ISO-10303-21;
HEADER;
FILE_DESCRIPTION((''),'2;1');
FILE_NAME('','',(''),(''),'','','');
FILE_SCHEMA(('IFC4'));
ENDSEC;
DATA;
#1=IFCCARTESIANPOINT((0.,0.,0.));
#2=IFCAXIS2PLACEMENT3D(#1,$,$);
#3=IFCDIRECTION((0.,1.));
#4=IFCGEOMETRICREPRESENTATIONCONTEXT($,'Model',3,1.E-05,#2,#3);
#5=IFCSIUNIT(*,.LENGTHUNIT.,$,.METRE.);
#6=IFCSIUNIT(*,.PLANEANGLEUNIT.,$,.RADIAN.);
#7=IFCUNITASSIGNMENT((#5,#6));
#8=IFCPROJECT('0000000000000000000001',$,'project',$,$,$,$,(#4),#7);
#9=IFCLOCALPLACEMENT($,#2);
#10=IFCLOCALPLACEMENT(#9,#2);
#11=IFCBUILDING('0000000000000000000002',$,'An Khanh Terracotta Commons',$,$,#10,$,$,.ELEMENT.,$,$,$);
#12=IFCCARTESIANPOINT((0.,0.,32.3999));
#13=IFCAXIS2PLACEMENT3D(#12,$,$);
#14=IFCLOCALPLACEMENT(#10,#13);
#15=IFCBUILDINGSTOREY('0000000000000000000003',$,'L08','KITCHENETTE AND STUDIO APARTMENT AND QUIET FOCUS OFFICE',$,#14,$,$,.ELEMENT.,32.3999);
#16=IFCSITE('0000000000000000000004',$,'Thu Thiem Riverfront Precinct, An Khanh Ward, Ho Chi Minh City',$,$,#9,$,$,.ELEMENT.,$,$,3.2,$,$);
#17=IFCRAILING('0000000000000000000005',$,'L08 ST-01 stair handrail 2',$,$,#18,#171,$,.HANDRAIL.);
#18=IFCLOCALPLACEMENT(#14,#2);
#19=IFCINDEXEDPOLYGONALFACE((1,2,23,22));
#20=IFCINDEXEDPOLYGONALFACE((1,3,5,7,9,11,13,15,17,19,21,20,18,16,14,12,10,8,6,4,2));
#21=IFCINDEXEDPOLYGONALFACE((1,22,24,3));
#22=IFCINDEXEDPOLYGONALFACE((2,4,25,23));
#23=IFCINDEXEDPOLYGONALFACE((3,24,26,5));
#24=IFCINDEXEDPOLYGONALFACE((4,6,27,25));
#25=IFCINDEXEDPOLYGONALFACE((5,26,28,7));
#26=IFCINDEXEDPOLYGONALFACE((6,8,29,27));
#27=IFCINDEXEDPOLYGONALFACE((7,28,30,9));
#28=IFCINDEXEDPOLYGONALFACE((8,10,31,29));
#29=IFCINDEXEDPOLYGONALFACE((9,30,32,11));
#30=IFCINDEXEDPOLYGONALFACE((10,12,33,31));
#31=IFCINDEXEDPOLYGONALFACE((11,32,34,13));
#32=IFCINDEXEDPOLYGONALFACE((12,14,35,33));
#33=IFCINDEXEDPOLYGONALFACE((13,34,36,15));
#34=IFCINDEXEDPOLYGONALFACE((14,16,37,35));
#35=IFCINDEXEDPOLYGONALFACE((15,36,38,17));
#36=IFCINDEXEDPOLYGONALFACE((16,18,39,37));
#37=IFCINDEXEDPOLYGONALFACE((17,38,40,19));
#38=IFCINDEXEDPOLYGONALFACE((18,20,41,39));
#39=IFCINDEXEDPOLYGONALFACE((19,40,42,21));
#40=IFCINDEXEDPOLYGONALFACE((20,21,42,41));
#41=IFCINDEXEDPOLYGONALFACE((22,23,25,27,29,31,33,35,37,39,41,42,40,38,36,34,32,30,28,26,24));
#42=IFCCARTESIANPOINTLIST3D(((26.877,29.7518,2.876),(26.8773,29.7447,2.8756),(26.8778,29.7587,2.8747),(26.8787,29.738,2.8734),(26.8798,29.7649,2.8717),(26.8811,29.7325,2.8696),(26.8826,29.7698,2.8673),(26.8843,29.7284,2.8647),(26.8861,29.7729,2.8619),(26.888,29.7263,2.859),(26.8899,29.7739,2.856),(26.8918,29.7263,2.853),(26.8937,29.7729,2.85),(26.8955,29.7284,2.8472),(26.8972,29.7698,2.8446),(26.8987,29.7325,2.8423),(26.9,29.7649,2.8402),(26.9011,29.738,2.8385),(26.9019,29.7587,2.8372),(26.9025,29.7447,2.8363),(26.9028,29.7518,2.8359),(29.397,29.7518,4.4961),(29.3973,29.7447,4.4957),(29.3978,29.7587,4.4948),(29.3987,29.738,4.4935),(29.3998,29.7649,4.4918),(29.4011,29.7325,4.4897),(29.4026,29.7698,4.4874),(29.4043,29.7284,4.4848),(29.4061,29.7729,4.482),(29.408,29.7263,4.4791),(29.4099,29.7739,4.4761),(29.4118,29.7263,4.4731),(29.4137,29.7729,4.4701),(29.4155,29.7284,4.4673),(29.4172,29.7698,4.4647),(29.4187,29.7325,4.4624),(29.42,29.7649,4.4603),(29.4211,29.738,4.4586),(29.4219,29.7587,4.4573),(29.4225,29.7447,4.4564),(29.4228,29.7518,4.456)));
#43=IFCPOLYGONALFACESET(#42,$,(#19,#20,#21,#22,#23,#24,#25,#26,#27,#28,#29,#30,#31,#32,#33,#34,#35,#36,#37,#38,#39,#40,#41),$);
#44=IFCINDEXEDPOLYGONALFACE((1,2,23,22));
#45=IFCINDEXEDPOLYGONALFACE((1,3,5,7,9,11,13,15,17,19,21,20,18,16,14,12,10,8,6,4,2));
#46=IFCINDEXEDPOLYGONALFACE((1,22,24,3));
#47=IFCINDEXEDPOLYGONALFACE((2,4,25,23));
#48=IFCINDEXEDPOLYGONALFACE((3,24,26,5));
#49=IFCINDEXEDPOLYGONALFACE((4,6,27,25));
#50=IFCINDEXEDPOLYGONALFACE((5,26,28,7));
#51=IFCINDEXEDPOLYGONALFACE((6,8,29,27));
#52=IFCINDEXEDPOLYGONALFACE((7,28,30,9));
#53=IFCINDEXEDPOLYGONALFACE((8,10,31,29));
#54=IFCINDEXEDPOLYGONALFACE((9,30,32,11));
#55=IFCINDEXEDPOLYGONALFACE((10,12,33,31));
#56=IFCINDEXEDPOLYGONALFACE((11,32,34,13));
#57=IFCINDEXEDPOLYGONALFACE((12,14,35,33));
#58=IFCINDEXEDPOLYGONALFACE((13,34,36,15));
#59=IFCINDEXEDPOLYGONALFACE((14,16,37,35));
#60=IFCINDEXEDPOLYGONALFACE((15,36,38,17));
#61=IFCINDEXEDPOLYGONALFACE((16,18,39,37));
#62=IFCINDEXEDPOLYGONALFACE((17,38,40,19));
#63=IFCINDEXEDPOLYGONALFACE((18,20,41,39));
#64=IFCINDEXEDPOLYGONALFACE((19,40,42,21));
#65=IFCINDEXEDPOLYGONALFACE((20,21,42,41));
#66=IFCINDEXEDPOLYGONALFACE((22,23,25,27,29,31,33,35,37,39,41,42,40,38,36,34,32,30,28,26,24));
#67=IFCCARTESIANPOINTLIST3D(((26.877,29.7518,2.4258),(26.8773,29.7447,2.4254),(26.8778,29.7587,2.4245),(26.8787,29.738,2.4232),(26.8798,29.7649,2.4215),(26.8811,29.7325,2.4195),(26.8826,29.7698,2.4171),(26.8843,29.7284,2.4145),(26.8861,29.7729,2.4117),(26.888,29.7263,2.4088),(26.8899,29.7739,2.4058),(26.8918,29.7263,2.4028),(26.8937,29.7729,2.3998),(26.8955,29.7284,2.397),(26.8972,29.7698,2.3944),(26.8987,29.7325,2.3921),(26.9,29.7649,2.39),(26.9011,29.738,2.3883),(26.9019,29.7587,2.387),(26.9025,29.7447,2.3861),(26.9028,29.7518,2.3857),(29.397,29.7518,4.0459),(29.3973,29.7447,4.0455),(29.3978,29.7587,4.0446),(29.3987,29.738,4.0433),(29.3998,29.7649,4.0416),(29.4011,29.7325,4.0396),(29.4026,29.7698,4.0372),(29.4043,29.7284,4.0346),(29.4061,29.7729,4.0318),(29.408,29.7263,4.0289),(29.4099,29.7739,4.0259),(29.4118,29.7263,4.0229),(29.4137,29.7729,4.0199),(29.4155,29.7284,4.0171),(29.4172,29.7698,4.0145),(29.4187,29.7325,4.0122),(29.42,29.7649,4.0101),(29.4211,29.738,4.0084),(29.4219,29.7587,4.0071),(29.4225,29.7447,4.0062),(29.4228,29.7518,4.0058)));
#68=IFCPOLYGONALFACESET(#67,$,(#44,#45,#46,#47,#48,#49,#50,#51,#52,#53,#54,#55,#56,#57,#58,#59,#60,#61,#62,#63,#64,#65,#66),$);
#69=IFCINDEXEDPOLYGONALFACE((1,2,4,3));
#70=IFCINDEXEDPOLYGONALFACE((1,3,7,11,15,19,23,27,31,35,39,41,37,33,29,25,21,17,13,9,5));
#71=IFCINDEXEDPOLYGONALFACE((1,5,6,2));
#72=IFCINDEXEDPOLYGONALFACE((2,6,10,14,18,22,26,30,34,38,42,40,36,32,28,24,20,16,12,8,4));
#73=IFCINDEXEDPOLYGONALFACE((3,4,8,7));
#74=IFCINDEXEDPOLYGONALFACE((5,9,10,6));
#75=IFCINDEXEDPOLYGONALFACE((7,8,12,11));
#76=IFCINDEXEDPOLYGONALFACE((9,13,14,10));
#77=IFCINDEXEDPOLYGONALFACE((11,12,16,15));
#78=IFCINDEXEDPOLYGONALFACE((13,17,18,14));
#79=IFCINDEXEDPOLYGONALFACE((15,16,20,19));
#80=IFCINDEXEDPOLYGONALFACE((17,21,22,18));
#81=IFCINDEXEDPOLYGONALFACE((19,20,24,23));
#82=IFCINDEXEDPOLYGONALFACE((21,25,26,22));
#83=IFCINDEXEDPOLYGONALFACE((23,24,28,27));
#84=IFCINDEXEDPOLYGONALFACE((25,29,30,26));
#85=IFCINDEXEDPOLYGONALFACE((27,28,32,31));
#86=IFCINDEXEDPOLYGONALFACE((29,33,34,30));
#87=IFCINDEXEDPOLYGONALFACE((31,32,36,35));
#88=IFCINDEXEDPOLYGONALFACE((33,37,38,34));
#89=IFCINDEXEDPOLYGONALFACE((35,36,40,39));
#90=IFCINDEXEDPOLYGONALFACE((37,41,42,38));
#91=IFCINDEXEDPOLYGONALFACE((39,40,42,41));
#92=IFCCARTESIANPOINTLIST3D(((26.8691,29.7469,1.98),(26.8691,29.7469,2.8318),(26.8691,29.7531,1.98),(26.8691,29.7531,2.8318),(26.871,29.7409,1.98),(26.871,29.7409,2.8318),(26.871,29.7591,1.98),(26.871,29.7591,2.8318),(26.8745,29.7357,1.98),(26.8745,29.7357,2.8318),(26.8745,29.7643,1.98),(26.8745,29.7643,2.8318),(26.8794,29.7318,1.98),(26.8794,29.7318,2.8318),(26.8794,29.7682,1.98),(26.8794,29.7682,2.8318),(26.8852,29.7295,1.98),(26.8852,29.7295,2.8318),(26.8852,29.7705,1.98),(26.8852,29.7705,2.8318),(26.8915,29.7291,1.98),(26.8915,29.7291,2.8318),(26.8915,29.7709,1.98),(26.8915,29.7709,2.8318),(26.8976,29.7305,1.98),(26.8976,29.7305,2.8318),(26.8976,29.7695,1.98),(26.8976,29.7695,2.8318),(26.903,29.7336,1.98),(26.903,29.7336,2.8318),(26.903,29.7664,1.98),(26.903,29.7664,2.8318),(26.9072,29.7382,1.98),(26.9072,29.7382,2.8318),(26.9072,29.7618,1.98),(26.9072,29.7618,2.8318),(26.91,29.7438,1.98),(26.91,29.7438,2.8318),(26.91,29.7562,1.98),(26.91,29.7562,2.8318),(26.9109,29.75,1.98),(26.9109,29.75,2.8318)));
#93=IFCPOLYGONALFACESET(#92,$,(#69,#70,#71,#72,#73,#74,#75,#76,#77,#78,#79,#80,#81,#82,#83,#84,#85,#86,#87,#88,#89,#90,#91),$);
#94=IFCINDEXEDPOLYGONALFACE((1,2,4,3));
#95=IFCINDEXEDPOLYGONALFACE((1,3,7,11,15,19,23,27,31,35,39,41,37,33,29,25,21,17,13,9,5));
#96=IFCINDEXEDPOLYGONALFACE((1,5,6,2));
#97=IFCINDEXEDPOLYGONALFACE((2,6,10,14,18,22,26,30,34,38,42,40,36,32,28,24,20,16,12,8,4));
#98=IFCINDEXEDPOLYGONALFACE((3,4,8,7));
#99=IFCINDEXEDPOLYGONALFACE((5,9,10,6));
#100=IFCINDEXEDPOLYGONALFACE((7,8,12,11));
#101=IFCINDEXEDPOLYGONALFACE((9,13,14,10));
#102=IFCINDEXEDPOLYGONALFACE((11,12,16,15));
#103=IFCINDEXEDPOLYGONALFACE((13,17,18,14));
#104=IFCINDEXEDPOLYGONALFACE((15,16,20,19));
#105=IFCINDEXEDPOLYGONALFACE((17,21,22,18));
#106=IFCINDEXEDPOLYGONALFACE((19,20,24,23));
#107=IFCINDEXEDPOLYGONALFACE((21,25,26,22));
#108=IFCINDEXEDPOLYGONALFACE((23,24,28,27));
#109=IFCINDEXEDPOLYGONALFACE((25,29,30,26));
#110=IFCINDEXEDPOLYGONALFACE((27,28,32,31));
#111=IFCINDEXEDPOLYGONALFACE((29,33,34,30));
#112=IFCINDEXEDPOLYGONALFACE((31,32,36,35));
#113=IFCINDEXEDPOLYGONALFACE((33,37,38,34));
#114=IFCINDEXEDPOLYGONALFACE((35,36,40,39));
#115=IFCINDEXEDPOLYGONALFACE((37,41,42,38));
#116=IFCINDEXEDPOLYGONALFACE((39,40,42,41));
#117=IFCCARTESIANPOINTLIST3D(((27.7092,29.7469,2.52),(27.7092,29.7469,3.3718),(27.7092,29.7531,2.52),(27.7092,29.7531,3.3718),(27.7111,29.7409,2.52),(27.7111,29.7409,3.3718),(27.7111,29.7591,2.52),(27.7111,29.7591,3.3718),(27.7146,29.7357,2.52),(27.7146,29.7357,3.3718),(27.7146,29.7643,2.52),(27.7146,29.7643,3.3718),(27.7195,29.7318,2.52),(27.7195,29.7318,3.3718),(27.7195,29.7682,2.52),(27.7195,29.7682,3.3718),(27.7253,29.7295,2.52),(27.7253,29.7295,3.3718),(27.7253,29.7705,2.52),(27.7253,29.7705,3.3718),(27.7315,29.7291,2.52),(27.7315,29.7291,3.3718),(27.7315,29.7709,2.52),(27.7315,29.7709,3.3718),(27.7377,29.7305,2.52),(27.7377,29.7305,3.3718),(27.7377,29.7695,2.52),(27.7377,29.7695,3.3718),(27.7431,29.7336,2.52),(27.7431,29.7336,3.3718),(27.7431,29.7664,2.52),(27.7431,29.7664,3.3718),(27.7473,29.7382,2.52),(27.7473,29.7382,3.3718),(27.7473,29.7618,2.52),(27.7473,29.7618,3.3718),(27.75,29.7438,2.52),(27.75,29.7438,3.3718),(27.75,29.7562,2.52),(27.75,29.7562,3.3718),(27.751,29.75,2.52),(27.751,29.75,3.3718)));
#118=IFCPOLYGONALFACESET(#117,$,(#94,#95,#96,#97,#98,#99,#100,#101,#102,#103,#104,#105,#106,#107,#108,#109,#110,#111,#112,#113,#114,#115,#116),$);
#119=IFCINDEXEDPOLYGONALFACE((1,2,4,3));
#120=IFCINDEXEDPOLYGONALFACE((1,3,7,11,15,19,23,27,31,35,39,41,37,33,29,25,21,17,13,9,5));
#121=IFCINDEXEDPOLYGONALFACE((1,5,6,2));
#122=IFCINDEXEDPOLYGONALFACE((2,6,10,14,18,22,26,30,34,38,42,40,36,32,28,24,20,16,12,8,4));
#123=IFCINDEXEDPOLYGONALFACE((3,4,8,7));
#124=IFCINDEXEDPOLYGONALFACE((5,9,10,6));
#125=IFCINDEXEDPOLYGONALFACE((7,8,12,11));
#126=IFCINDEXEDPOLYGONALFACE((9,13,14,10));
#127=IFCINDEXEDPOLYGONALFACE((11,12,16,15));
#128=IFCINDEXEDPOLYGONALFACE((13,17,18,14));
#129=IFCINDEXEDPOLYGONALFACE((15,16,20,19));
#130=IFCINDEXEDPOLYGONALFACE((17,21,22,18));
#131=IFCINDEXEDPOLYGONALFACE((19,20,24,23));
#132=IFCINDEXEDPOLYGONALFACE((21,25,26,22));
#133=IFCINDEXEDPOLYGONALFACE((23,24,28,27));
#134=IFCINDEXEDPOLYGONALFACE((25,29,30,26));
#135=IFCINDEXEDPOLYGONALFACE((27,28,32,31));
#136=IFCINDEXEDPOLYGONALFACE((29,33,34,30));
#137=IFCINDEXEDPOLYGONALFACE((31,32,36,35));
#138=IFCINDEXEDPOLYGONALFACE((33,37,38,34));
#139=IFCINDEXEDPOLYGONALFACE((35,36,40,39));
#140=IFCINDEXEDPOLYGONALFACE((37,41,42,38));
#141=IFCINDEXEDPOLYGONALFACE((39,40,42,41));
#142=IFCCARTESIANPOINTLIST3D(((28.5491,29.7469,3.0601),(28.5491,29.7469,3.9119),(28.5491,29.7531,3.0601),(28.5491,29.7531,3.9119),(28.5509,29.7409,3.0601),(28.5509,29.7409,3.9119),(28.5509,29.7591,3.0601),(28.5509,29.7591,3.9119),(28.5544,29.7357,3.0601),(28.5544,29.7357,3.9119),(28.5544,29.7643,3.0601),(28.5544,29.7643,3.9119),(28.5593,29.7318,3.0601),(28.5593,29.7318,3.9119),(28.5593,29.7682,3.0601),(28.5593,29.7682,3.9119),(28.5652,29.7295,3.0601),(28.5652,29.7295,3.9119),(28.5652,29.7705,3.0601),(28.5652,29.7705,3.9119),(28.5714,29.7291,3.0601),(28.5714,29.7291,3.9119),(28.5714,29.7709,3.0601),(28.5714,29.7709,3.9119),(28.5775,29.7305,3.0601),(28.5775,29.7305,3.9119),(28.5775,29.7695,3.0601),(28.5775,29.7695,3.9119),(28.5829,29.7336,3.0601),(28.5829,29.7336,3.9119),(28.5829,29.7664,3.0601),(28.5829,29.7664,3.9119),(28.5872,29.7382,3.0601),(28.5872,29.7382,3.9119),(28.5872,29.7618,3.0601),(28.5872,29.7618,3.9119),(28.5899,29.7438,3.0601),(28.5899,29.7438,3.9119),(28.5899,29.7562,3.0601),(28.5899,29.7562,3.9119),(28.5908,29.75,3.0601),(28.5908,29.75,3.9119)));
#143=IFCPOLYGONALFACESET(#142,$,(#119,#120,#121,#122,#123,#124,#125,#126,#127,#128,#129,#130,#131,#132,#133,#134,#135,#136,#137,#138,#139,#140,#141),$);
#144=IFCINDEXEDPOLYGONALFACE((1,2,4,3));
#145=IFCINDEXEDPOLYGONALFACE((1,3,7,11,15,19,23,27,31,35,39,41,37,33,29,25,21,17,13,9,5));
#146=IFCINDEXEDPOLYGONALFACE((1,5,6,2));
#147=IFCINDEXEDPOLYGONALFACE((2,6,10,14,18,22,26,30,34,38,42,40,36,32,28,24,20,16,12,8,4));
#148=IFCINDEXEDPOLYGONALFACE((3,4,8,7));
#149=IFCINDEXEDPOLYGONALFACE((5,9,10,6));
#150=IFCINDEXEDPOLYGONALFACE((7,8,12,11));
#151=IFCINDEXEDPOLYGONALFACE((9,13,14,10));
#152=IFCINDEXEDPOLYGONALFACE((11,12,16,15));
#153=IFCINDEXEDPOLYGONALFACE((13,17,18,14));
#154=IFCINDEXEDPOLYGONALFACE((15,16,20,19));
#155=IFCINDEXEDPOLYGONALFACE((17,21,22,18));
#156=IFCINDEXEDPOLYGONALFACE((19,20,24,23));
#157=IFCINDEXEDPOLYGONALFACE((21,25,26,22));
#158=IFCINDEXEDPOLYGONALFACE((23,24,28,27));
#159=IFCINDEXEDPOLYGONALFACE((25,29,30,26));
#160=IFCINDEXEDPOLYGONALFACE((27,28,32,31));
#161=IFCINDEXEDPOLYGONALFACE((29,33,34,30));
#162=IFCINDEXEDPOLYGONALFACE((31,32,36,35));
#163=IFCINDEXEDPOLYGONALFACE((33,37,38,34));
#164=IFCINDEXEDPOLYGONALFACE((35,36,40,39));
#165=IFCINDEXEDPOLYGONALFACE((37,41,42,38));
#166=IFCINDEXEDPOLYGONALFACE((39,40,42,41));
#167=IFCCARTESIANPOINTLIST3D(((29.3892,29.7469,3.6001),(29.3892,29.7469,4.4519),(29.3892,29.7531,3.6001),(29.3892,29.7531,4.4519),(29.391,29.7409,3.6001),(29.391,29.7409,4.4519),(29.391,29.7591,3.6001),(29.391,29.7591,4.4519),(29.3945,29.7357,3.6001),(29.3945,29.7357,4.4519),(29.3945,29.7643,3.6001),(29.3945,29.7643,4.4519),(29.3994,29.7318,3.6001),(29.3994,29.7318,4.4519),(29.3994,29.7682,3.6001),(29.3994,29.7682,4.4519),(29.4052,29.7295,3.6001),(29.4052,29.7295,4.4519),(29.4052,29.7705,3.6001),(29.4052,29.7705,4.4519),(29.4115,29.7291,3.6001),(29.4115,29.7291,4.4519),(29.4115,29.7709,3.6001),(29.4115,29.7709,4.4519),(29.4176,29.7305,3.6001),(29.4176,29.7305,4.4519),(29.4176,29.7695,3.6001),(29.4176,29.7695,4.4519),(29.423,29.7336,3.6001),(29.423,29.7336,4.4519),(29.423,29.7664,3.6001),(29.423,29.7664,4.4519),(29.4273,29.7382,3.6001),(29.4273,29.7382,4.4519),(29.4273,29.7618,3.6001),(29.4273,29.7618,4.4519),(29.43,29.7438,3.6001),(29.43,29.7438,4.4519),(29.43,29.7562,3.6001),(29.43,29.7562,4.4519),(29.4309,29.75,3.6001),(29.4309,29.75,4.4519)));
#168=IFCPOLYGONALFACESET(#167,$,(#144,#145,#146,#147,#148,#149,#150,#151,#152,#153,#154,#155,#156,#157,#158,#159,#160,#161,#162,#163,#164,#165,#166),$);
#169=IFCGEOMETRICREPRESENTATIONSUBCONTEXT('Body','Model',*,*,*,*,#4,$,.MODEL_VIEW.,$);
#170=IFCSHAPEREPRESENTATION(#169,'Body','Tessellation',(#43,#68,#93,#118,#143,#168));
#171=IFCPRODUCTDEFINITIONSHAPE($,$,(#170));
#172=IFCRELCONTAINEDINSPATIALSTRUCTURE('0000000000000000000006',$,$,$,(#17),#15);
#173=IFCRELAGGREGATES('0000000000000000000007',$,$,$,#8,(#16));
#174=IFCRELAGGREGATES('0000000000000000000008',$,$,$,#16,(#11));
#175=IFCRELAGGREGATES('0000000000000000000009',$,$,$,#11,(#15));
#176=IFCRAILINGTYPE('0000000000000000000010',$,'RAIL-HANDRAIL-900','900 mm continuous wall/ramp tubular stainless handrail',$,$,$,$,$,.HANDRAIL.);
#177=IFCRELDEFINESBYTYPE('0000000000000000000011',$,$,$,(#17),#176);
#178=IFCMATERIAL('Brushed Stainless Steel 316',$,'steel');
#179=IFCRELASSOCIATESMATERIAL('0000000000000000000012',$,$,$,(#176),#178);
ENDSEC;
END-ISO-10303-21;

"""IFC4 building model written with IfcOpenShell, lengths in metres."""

from ifc_helpers import new_model, si_unit, direction, frame, origin, origin_2d, place, context, subcontext, project, spatial, circle, extrude, material, type_object, element, save


model = new_model("IFC4")

# Units and contexts
model_context = context("Model", 3, precision=1e-05, world=origin(), true_north=direction((0.0, 1.0)))
body_context = subcontext(model_context, "Body", "Model", "MODEL_VIEW")
ifc_project = project(units=[si_unit("LENGTHUNIT", "METRE"), si_unit("PLANEANGLEUNIT", "RADIAN")], contexts=[model_context])

# Site, building, storey
site_placement = place(None, origin())
site = spatial("IfcSite", under=ifc_project, at=site_placement, Name="Thu Thiem Riverfront Precinct, An Khanh Ward, Ho Chi Minh City", CompositionType="ELEMENT", RefElevation=3.2)
building_placement = place(site_placement, origin())
building = spatial("IfcBuilding", under=site, at=building_placement, Name="An Khanh Terracotta Commons", CompositionType="ELEMENT")
storey_placement = place(building_placement, frame((0.0, 0.0, 32.3999)))
storey = spatial("IfcBuildingStorey", under=building, at=storey_placement, Name="L08", Description="KITCHENETTE AND STUDIO APARTMENT AND QUIET FOCUS OFFICE", CompositionType="ELEMENT", Elevation=32.3999)

# Railing
ifc_material_1 = material(Name="Brushed Stainless Steel 316", Category="steel")
railing_type_1 = type_object("IfcRailingType", Name="RAIL-HANDRAIL-900", Description="900 mm continuous wall/ramp tubular stainless handrail", PredefinedType="HANDRAIL", material=ifc_material_1)
railing_1_placement = place(storey_placement, frame((26.8899, 29.75, 1.98)))
element("IfcRailing", 1, at=railing_1_placement, inside=storey, type_object=railing_type_1, Name="L08 ST-01 stair handrail 2", PredefinedType="HANDRAIL", context=body_context, shape_type="SweptSolid", body=[
    extrude(circle(Radius=0.0239, at=origin_2d()), frame((0.0, 0.0, 0.876), z_axis=(0.841163, 0.0, 0.540782), x_axis=(0.0, 1.0, 0.0)), (0.0, 0.0, 1.0), 2.9958),
    extrude(circle(Radius=0.0239, at=origin_2d()), frame((0.0, 0.0, 0.4258), z_axis=(0.841163, 0.0, 0.540782), x_axis=(0.0, 1.0, 0.0)), (0.0, 0.0, 1.0), 2.9958),
    extrude(circle(Radius=0.021, at=origin_2d()), origin(), (0.0, 0.0, 1.0), 0.8518),
    extrude(circle(Radius=0.021, at=origin_2d()), frame((0.8401, 0.0, 0.54)), (0.0, 0.0, 1.0), 0.8518),
    extrude(circle(Radius=0.021, at=origin_2d()), frame((1.6799, 0.0, 1.0801)), (0.0, 0.0, 1.0), 0.8518),
    extrude(circle(Radius=0.021, at=origin_2d()), frame((2.52, 0.0, 1.6201)), (0.0, 0.0, 1.0), 0.8518),
])

save(model, "model.ifc")
